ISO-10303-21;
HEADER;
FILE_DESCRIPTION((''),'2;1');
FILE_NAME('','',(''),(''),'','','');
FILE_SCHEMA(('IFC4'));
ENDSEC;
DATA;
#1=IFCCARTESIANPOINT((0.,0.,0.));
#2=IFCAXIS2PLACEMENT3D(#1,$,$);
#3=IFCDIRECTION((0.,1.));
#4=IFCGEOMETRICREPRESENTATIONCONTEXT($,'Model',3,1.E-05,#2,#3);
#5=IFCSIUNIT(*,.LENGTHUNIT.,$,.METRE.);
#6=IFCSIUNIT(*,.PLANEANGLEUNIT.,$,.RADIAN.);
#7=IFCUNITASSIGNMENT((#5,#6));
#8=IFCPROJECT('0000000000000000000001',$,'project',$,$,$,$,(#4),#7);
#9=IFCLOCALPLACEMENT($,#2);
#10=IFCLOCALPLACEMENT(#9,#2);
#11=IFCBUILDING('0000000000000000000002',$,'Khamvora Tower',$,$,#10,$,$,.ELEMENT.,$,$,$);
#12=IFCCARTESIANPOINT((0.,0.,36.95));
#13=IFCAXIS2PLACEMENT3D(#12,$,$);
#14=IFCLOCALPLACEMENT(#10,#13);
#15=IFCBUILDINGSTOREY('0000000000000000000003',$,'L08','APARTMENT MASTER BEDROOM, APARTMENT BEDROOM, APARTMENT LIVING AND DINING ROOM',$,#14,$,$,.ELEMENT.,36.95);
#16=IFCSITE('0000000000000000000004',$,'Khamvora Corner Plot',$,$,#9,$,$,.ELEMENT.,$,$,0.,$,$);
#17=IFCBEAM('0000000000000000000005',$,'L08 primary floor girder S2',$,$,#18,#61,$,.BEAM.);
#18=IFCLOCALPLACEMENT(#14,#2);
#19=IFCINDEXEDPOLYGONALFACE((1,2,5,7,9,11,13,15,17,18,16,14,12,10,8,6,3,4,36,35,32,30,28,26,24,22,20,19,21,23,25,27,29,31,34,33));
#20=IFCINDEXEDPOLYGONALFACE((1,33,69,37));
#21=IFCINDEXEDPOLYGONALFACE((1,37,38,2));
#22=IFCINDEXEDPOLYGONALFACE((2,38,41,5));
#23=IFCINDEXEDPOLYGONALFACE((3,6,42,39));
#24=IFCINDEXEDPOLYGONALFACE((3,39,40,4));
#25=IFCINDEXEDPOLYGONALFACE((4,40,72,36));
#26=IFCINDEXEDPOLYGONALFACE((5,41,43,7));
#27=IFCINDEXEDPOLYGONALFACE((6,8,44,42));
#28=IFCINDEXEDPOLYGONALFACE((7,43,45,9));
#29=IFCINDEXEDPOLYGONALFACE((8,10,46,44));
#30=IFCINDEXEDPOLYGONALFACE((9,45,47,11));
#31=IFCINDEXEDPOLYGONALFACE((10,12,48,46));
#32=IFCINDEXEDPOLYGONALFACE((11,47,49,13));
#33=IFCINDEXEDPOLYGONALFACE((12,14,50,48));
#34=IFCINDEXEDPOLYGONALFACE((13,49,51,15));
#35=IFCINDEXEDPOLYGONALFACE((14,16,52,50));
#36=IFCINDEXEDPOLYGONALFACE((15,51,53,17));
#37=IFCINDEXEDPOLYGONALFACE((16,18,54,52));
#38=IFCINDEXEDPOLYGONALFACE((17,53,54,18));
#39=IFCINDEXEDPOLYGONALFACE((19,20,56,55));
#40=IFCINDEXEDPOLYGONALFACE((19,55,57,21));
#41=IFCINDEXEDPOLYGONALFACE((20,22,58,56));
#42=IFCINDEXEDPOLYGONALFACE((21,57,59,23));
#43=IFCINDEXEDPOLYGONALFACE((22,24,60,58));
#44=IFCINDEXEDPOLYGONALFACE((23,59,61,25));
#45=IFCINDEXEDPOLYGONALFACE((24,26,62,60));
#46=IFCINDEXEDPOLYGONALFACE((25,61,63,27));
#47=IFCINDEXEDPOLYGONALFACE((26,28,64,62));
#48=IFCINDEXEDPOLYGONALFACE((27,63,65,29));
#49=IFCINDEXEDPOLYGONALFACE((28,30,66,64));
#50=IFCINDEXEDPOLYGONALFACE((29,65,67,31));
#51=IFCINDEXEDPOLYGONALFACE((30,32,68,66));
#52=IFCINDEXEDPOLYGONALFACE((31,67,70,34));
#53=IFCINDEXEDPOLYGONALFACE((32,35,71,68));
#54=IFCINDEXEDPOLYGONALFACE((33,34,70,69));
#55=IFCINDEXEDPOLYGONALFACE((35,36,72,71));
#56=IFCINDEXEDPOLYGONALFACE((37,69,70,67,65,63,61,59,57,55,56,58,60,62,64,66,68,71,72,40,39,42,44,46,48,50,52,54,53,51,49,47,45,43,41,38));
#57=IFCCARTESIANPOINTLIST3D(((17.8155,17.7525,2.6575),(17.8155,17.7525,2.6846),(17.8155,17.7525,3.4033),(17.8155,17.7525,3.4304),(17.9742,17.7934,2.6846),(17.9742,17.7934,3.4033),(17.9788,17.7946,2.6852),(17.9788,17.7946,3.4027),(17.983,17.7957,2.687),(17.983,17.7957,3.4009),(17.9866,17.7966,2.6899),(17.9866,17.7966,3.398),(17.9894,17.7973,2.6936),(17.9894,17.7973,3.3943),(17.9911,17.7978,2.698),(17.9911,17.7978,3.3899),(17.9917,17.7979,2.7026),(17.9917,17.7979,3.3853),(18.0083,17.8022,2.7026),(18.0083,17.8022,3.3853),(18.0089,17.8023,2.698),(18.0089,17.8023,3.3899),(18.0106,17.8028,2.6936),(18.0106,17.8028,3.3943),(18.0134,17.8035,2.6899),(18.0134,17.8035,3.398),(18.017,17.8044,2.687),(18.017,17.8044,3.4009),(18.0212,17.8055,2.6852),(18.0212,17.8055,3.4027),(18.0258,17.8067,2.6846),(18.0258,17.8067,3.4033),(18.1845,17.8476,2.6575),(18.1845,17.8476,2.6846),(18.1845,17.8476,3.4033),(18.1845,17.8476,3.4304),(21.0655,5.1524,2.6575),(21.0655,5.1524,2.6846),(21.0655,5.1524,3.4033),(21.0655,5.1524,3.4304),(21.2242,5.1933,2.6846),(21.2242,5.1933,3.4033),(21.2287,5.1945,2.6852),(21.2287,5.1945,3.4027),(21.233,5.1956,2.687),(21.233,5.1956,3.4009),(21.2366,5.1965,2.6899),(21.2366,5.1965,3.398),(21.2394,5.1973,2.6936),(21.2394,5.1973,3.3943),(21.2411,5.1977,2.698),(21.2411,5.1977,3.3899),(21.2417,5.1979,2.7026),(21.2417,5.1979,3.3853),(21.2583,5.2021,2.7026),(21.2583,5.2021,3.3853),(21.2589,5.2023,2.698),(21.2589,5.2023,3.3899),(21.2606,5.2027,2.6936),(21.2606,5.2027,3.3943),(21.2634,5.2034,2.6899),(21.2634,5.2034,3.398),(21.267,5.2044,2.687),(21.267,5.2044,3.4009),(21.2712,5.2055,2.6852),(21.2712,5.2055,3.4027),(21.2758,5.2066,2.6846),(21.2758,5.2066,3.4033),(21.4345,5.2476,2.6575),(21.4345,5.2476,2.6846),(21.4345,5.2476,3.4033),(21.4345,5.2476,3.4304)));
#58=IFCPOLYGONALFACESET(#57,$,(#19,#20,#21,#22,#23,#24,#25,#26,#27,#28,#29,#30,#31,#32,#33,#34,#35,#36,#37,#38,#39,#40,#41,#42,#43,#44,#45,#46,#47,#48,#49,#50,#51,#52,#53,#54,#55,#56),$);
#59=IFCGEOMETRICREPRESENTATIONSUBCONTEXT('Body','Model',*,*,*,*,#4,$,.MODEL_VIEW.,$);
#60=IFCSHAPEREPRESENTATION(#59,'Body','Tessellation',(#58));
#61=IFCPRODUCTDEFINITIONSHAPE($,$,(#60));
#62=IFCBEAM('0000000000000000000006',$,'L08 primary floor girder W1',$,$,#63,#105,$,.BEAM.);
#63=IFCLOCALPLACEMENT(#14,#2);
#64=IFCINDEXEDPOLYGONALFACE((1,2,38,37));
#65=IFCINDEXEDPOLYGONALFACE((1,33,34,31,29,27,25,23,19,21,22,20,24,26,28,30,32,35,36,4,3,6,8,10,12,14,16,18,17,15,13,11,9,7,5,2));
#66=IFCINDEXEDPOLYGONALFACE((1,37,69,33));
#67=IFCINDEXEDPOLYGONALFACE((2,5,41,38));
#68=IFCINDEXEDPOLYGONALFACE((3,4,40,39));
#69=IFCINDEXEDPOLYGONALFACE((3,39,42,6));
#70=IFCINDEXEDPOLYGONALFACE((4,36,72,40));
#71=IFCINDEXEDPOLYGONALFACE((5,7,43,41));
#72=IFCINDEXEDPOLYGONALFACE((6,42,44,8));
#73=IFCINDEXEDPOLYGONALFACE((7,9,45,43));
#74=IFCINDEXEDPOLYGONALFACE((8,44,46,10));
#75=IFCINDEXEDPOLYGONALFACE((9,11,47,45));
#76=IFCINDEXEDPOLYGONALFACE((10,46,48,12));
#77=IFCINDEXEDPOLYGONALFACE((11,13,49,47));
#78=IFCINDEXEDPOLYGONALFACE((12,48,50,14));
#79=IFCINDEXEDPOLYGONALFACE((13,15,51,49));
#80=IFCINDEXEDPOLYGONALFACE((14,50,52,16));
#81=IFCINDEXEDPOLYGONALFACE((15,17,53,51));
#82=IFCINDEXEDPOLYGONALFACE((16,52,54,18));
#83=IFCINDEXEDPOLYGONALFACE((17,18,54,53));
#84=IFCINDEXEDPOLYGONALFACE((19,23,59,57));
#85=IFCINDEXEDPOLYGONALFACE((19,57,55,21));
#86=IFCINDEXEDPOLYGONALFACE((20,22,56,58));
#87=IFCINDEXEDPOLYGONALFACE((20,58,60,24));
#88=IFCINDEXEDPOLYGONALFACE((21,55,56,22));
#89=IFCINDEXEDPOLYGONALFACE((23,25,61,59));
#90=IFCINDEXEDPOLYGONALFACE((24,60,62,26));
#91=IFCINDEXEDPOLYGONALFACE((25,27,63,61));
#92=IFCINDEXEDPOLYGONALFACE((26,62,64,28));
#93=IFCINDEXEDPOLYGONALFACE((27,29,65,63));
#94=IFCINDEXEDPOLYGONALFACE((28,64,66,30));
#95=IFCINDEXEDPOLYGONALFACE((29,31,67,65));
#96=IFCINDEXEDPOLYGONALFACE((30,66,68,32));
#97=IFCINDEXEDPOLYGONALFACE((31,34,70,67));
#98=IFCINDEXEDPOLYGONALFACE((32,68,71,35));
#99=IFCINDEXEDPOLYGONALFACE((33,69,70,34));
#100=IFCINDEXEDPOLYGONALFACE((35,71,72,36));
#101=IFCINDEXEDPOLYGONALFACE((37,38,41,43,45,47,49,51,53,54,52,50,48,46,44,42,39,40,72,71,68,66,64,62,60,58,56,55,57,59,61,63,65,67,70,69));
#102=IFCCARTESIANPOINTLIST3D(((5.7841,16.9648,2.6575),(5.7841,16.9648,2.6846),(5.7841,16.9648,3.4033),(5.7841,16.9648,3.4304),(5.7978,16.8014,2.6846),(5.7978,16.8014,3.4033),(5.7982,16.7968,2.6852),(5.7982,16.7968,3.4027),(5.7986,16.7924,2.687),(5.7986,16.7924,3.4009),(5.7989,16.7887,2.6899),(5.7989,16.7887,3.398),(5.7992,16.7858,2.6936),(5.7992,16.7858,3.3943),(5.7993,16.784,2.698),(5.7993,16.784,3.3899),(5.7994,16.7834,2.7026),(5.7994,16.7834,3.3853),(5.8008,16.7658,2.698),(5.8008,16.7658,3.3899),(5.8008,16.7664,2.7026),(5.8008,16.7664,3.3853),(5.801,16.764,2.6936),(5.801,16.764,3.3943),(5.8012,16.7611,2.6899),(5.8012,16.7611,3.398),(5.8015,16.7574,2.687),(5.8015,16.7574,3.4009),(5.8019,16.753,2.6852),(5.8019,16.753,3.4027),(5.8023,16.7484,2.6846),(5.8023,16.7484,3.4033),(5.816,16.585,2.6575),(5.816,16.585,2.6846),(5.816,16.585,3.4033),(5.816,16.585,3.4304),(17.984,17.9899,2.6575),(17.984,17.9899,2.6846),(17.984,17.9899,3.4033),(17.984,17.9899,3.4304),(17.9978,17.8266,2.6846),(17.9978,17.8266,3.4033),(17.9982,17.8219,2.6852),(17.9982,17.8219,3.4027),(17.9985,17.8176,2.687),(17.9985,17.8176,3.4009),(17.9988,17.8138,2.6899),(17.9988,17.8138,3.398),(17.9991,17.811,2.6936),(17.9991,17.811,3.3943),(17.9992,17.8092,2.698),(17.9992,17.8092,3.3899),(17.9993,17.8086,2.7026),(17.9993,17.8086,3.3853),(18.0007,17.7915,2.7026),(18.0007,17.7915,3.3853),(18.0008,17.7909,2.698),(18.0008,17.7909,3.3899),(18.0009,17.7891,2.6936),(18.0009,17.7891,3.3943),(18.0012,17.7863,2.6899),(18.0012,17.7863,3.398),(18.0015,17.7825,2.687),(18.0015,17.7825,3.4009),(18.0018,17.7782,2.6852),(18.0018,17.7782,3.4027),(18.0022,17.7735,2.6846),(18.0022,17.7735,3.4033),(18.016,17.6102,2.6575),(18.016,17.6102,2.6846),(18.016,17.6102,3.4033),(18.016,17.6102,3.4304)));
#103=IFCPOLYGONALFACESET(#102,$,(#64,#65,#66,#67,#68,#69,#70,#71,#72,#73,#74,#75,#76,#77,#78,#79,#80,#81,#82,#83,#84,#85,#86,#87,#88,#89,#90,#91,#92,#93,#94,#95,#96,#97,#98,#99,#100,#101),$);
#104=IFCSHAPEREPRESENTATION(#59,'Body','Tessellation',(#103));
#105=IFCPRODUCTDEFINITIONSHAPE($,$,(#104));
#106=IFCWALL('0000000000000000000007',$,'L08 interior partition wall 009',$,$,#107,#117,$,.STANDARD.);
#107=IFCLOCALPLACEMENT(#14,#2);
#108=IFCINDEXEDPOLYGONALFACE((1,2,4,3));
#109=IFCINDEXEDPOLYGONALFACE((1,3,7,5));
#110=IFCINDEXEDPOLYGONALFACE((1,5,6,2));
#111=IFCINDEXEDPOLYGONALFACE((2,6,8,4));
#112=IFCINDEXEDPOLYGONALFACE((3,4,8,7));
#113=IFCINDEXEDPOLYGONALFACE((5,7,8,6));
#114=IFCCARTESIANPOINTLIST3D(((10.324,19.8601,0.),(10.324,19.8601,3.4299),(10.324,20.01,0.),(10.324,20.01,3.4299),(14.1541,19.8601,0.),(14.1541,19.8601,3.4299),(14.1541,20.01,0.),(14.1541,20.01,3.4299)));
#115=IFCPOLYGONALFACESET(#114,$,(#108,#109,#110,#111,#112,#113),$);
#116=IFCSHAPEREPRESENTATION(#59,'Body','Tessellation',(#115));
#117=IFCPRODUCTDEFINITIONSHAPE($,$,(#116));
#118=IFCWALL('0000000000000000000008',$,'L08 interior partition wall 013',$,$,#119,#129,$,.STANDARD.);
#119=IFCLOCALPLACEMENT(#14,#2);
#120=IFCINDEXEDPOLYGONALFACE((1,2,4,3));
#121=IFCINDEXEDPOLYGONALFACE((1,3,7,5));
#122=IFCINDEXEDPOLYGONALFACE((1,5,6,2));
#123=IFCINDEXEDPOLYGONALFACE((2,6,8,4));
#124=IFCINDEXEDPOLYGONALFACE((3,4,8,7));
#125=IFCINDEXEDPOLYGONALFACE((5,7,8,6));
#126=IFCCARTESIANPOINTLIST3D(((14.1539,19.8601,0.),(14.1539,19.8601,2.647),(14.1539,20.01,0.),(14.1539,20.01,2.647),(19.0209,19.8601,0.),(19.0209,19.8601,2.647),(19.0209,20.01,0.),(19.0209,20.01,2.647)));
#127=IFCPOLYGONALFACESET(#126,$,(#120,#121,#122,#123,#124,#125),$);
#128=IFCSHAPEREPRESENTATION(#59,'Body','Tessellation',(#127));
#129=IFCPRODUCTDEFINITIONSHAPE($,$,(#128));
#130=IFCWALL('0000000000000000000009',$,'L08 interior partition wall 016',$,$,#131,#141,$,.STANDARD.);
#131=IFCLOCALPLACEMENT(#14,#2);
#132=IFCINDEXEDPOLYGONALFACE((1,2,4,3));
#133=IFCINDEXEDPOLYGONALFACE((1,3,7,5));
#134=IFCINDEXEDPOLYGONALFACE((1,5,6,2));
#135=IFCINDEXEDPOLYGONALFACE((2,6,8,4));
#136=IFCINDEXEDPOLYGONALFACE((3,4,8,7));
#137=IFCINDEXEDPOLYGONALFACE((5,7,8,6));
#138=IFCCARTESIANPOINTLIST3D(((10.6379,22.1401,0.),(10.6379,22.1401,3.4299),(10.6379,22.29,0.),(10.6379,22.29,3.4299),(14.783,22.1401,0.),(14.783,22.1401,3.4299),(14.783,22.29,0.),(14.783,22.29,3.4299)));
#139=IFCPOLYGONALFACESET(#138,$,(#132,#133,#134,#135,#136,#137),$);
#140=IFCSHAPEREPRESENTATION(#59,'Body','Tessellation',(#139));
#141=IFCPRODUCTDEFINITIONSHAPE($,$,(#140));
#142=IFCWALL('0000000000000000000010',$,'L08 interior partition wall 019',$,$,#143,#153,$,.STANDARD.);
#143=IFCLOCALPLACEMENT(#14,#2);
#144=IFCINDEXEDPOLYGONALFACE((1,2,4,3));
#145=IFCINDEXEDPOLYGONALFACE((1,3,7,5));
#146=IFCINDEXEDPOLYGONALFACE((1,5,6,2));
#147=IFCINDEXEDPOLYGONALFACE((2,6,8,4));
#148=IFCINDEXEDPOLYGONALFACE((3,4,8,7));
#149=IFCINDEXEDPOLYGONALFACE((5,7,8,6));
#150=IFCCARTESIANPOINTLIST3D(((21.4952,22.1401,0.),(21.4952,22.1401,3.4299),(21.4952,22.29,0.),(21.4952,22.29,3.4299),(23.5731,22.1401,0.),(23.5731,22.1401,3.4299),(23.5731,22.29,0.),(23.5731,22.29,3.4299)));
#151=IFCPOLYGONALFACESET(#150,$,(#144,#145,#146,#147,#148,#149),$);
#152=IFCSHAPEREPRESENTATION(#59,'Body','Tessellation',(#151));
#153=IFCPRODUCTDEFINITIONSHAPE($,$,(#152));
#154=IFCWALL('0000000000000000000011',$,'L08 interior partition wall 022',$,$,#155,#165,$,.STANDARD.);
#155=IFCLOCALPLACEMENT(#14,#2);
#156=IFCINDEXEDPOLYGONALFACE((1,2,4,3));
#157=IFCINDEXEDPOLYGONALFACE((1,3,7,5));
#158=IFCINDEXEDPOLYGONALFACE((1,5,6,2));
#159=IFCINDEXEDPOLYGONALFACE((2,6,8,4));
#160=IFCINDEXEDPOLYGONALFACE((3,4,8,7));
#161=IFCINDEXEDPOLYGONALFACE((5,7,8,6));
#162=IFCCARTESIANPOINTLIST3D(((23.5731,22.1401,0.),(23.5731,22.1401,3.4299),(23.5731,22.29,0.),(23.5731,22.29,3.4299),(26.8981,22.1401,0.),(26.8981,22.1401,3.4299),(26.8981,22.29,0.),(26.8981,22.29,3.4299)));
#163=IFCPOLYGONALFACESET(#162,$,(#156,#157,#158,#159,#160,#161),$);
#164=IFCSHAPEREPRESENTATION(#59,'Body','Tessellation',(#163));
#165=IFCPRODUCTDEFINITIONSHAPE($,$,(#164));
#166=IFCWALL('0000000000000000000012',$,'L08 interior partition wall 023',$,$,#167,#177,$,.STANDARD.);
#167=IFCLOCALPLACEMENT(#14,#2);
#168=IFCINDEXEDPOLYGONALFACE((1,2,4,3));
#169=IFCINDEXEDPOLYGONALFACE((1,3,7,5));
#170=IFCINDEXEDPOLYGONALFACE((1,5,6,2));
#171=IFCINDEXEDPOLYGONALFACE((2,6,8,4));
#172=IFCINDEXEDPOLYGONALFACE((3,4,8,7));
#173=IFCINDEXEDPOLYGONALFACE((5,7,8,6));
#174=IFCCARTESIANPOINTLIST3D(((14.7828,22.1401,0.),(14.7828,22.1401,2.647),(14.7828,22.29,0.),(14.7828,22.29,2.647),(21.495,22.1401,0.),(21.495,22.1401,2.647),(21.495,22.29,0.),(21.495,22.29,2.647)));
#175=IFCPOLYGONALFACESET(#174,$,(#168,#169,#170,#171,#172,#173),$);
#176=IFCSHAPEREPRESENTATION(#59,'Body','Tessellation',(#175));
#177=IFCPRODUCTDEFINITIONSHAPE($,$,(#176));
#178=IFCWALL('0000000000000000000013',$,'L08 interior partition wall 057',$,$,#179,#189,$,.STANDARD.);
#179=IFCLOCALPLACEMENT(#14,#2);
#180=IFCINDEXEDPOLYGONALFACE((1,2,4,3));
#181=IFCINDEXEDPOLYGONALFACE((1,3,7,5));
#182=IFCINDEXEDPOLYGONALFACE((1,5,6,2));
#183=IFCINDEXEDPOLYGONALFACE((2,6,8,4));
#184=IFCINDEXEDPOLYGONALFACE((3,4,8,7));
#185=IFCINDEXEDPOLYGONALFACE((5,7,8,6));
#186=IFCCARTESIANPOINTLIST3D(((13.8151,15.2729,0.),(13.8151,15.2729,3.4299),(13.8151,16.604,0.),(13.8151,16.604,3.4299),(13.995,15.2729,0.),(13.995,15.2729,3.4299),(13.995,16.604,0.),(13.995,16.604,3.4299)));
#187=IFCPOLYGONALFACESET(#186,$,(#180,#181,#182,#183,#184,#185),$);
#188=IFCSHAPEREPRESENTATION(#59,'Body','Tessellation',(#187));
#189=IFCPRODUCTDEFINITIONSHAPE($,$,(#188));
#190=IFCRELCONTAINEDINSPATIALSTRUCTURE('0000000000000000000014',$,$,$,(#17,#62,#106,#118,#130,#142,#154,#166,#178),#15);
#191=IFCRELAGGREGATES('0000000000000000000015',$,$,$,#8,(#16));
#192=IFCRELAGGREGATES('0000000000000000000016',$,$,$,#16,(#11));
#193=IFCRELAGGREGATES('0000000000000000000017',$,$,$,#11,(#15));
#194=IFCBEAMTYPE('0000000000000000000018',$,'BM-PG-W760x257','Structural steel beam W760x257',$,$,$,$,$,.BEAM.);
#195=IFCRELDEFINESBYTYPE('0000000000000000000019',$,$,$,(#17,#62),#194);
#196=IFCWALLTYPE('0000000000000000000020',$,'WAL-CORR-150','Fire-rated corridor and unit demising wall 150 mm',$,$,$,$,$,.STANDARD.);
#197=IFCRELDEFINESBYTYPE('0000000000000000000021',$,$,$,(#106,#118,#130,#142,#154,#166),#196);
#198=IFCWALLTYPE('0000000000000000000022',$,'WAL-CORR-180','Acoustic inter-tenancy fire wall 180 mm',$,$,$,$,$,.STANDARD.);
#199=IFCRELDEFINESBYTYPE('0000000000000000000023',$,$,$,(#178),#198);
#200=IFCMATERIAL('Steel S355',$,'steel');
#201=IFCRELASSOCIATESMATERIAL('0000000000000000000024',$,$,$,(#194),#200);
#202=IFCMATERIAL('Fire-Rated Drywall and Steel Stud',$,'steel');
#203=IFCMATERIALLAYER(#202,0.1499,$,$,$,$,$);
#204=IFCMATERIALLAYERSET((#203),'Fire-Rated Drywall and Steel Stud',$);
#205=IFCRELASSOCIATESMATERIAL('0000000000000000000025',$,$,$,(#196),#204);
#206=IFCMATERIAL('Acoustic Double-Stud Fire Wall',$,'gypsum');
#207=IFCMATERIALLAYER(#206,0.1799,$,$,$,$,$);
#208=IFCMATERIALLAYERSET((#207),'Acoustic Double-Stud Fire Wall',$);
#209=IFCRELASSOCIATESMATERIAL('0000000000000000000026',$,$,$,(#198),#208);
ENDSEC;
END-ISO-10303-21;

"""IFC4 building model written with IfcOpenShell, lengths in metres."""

from ifc_helpers import new_model, si_unit, direction, frame, frame_2d, origin, origin_2d, place, context, subcontext, project, spatial, rectangle, i_section, extrude, material, layer, layer_set, material_profile, profile_set, type_object, element, save


model = new_model("IFC4")

# Units and contexts
model_context = context("Model", 3, precision=1e-05, world=origin(), true_north=direction((0.0, 1.0)))
body_context = subcontext(model_context, "Body", "Model", "MODEL_VIEW")
ifc_project = project(units=[si_unit("LENGTHUNIT", "METRE"), si_unit("PLANEANGLEUNIT", "RADIAN")], contexts=[model_context])

# Site, building, storey
site_placement = place(None, origin())
site = spatial("IfcSite", under=ifc_project, at=site_placement, Name="Khamvora Corner Plot", CompositionType="ELEMENT", RefElevation=0.0)
building_placement = place(site_placement, origin())
building = spatial("IfcBuilding", under=site, at=building_placement, Name="Khamvora Tower", CompositionType="ELEMENT")
storey_placement = place(building_placement, frame((0.0, 0.0, 36.95)))
storey = spatial("IfcBuildingStorey", under=building, at=storey_placement, Name="L08", Description="APARTMENT MASTER BEDROOM, APARTMENT BEDROOM, APARTMENT LIVING AND DINING ROOM", CompositionType="ELEMENT", Elevation=36.95)

# Beams
ifc_material_1 = material(Name="Steel S355", Category="steel")
ifc_material_profile_1 = material_profile(ifc_material_1, i_section(OverallWidth=0.3811, OverallDepth=0.7729, WebThickness=0.0171, FlangeThickness=0.0271, FilletRadius=0.0181, at=origin_2d()), Name="W760x257")
ifc_profile_set_1 = profile_set([ifc_material_profile_1], Name="Steel S355")
beam_type_1 = type_object("IfcBeamType", Name="BM-PG-W760x257", Description="Structural steel beam W760x257", PredefinedType="BEAM", material=ifc_profile_set_1)
beam_1_placement = place(storey_placement, frame((18.0, 17.8, 3.0439), z_axis=(0.24976, -0.968308, 0.0), x_axis=(0.968308, 0.24976, 0.0)))
element("IfcBeam", 1, at=beam_1_placement, inside=storey, type_object=beam_type_1, Name="L08 primary floor girder S2", PredefinedType="BEAM", context=body_context, shape_type="SweptSolid", body=[
    extrude(i_section(OverallWidth=0.3811, OverallDepth=0.7729, WebThickness=0.0171, FlangeThickness=0.0271, FilletRadius=0.0181, at=origin_2d()), origin(), (0.0, 0.0, 1.0), 13.0125),
])
beam_2_placement = place(storey_placement, frame((18.0, 17.8, 3.0439), z_axis=(-0.996488, -0.083734, 0.0), x_axis=(0.083734, -0.996488, 0.0)))
element("IfcBeam", 2, at=beam_2_placement, inside=storey, type_object=beam_type_1, Name="L08 primary floor girder W1", PredefinedType="BEAM", context=body_context, shape_type="SweptSolid", body=[
    extrude(i_section(OverallWidth=0.3811, OverallDepth=0.7729, WebThickness=0.0171, FlangeThickness=0.0271, FilletRadius=0.0181, at=origin_2d()), origin(), (0.0, 0.0, 1.0), 12.2429),
])

# Shared definitions
ifc_material_2 = material(Name="Fire-Rated Drywall and Steel Stud", Category="steel")
ifc_layer_1 = layer(ifc_material_2, 0.1499)
ifc_layer_set_1 = layer_set([ifc_layer_1], Name="Fire-Rated Drywall and Steel Stud")
wall_type_1 = type_object("IfcWallType", Name="WAL-CORR-150", Description="Fire-rated corridor and unit demising wall 150 mm", PredefinedType="STANDARD", material=ifc_layer_set_1)

# Wall
wall_1_placement = place(storey_placement, frame((14.1541, 19.9351, 0.0), z_axis=(0.0, 0.0, 1.0), x_axis=(-1.0, 0.0, 0.0)))
element("IfcWall", 3, at=wall_1_placement, inside=storey, type_object=wall_type_1, Name="L08 interior partition wall 009", PredefinedType="STANDARD", context=body_context, shape_type="SweptSolid", body=[
    extrude(rectangle(XDim=3.8301, YDim=0.1499, at=frame_2d((1.915, 0.0))), origin(), (0.0, 0.0, 1.0), 3.4299),
])

# Walls
wall_2_placement = place(storey_placement, frame((19.021, 19.9351, 0.0), z_axis=(0.0, 0.0, 1.0), x_axis=(-1.0, 0.0, 0.0)))
element("IfcWall", 4, at=wall_2_placement, inside=storey, type_object=wall_type_1, Name="L08 interior partition wall 013", PredefinedType="STANDARD", context=body_context, shape_type="SweptSolid", body=[
    extrude(rectangle(XDim=4.8669, YDim=0.1499, at=frame_2d((2.4336, 0.0))), origin(), (0.0, 0.0, 1.0), 2.647),
])
wall_3_placement = place(storey_placement, frame((10.6379, 22.2151, 0.0), z_axis=(0.0, 0.0, 1.0), x_axis=(1.0, 0.0, 0.0)))
element("IfcWall", 5, at=wall_3_placement, inside=storey, type_object=wall_type_1, Name="L08 interior partition wall 016", PredefinedType="STANDARD", context=body_context, shape_type="SweptSolid", body=[
    extrude(rectangle(XDim=4.145, YDim=0.1499, at=frame_2d((2.0725, 0.0))), origin(), (0.0, 0.0, 1.0), 3.4299),
])
wall_4_placement = place(storey_placement, frame((21.4951, 22.2151, 0.0), z_axis=(0.0, 0.0, 1.0), x_axis=(1.0, 0.0, 0.0)))
element("IfcWall", 6, at=wall_4_placement, inside=storey, type_object=wall_type_1, Name="L08 interior partition wall 019", PredefinedType="STANDARD", context=body_context, shape_type="SweptSolid", body=[
    extrude(rectangle(XDim=2.0779, YDim=0.1499, at=frame_2d((1.0391, 0.0))), origin(), (0.0, 0.0, 1.0), 3.4299),
])
wall_5_placement = place(storey_placement, frame((23.573, 22.2151, 0.0), z_axis=(0.0, 0.0, 1.0), x_axis=(1.0, 0.0, 0.0)))
element("IfcWall", 7, at=wall_5_placement, inside=storey, type_object=wall_type_1, Name="L08 interior partition wall 022", PredefinedType="STANDARD", context=body_context, shape_type="SweptSolid", body=[
    extrude(rectangle(XDim=3.325, YDim=0.1499, at=frame_2d((1.6626, 0.0))), origin(), (0.0, 0.0, 1.0), 3.4299),
])
wall_6_placement = place(storey_placement, frame((14.783, 22.2151, 0.0), z_axis=(0.0, 0.0, 1.0), x_axis=(1.0, 0.0, 0.0)))
element("IfcWall", 8, at=wall_6_placement, inside=storey, type_object=wall_type_1, Name="L08 interior partition wall 023", PredefinedType="STANDARD", context=body_context, shape_type="SweptSolid", body=[
    extrude(rectangle(XDim=6.7122, YDim=0.1499, at=frame_2d((3.356, 0.0))), origin(), (0.0, 0.0, 1.0), 2.647),
])
ifc_material_3 = material(Name="Acoustic Double-Stud Fire Wall", Category="gypsum")
ifc_layer_2 = layer(ifc_material_3, 0.1799)
ifc_layer_set_2 = layer_set([ifc_layer_2], Name="Acoustic Double-Stud Fire Wall")
wall_type_2 = type_object("IfcWallType", Name="WAL-CORR-180", Description="Acoustic inter-tenancy fire wall 180 mm", PredefinedType="STANDARD", material=ifc_layer_set_2)
wall_7_placement = place(storey_placement, frame((13.905, 16.604, 0.0), z_axis=(0.0, 0.0, 1.0), x_axis=(0.0, -1.0, 0.0)))
element("IfcWall", 9, at=wall_7_placement, inside=storey, type_object=wall_type_2, Name="L08 interior partition wall 057", PredefinedType="STANDARD", context=body_context, shape_type="SweptSolid", body=[
    extrude(rectangle(XDim=1.3311, YDim=0.1799, at=frame_2d((0.6655, 0.0))), origin(), (0.0, 0.0, 1.0), 3.4299),
])

save(model, "model.ifc")
